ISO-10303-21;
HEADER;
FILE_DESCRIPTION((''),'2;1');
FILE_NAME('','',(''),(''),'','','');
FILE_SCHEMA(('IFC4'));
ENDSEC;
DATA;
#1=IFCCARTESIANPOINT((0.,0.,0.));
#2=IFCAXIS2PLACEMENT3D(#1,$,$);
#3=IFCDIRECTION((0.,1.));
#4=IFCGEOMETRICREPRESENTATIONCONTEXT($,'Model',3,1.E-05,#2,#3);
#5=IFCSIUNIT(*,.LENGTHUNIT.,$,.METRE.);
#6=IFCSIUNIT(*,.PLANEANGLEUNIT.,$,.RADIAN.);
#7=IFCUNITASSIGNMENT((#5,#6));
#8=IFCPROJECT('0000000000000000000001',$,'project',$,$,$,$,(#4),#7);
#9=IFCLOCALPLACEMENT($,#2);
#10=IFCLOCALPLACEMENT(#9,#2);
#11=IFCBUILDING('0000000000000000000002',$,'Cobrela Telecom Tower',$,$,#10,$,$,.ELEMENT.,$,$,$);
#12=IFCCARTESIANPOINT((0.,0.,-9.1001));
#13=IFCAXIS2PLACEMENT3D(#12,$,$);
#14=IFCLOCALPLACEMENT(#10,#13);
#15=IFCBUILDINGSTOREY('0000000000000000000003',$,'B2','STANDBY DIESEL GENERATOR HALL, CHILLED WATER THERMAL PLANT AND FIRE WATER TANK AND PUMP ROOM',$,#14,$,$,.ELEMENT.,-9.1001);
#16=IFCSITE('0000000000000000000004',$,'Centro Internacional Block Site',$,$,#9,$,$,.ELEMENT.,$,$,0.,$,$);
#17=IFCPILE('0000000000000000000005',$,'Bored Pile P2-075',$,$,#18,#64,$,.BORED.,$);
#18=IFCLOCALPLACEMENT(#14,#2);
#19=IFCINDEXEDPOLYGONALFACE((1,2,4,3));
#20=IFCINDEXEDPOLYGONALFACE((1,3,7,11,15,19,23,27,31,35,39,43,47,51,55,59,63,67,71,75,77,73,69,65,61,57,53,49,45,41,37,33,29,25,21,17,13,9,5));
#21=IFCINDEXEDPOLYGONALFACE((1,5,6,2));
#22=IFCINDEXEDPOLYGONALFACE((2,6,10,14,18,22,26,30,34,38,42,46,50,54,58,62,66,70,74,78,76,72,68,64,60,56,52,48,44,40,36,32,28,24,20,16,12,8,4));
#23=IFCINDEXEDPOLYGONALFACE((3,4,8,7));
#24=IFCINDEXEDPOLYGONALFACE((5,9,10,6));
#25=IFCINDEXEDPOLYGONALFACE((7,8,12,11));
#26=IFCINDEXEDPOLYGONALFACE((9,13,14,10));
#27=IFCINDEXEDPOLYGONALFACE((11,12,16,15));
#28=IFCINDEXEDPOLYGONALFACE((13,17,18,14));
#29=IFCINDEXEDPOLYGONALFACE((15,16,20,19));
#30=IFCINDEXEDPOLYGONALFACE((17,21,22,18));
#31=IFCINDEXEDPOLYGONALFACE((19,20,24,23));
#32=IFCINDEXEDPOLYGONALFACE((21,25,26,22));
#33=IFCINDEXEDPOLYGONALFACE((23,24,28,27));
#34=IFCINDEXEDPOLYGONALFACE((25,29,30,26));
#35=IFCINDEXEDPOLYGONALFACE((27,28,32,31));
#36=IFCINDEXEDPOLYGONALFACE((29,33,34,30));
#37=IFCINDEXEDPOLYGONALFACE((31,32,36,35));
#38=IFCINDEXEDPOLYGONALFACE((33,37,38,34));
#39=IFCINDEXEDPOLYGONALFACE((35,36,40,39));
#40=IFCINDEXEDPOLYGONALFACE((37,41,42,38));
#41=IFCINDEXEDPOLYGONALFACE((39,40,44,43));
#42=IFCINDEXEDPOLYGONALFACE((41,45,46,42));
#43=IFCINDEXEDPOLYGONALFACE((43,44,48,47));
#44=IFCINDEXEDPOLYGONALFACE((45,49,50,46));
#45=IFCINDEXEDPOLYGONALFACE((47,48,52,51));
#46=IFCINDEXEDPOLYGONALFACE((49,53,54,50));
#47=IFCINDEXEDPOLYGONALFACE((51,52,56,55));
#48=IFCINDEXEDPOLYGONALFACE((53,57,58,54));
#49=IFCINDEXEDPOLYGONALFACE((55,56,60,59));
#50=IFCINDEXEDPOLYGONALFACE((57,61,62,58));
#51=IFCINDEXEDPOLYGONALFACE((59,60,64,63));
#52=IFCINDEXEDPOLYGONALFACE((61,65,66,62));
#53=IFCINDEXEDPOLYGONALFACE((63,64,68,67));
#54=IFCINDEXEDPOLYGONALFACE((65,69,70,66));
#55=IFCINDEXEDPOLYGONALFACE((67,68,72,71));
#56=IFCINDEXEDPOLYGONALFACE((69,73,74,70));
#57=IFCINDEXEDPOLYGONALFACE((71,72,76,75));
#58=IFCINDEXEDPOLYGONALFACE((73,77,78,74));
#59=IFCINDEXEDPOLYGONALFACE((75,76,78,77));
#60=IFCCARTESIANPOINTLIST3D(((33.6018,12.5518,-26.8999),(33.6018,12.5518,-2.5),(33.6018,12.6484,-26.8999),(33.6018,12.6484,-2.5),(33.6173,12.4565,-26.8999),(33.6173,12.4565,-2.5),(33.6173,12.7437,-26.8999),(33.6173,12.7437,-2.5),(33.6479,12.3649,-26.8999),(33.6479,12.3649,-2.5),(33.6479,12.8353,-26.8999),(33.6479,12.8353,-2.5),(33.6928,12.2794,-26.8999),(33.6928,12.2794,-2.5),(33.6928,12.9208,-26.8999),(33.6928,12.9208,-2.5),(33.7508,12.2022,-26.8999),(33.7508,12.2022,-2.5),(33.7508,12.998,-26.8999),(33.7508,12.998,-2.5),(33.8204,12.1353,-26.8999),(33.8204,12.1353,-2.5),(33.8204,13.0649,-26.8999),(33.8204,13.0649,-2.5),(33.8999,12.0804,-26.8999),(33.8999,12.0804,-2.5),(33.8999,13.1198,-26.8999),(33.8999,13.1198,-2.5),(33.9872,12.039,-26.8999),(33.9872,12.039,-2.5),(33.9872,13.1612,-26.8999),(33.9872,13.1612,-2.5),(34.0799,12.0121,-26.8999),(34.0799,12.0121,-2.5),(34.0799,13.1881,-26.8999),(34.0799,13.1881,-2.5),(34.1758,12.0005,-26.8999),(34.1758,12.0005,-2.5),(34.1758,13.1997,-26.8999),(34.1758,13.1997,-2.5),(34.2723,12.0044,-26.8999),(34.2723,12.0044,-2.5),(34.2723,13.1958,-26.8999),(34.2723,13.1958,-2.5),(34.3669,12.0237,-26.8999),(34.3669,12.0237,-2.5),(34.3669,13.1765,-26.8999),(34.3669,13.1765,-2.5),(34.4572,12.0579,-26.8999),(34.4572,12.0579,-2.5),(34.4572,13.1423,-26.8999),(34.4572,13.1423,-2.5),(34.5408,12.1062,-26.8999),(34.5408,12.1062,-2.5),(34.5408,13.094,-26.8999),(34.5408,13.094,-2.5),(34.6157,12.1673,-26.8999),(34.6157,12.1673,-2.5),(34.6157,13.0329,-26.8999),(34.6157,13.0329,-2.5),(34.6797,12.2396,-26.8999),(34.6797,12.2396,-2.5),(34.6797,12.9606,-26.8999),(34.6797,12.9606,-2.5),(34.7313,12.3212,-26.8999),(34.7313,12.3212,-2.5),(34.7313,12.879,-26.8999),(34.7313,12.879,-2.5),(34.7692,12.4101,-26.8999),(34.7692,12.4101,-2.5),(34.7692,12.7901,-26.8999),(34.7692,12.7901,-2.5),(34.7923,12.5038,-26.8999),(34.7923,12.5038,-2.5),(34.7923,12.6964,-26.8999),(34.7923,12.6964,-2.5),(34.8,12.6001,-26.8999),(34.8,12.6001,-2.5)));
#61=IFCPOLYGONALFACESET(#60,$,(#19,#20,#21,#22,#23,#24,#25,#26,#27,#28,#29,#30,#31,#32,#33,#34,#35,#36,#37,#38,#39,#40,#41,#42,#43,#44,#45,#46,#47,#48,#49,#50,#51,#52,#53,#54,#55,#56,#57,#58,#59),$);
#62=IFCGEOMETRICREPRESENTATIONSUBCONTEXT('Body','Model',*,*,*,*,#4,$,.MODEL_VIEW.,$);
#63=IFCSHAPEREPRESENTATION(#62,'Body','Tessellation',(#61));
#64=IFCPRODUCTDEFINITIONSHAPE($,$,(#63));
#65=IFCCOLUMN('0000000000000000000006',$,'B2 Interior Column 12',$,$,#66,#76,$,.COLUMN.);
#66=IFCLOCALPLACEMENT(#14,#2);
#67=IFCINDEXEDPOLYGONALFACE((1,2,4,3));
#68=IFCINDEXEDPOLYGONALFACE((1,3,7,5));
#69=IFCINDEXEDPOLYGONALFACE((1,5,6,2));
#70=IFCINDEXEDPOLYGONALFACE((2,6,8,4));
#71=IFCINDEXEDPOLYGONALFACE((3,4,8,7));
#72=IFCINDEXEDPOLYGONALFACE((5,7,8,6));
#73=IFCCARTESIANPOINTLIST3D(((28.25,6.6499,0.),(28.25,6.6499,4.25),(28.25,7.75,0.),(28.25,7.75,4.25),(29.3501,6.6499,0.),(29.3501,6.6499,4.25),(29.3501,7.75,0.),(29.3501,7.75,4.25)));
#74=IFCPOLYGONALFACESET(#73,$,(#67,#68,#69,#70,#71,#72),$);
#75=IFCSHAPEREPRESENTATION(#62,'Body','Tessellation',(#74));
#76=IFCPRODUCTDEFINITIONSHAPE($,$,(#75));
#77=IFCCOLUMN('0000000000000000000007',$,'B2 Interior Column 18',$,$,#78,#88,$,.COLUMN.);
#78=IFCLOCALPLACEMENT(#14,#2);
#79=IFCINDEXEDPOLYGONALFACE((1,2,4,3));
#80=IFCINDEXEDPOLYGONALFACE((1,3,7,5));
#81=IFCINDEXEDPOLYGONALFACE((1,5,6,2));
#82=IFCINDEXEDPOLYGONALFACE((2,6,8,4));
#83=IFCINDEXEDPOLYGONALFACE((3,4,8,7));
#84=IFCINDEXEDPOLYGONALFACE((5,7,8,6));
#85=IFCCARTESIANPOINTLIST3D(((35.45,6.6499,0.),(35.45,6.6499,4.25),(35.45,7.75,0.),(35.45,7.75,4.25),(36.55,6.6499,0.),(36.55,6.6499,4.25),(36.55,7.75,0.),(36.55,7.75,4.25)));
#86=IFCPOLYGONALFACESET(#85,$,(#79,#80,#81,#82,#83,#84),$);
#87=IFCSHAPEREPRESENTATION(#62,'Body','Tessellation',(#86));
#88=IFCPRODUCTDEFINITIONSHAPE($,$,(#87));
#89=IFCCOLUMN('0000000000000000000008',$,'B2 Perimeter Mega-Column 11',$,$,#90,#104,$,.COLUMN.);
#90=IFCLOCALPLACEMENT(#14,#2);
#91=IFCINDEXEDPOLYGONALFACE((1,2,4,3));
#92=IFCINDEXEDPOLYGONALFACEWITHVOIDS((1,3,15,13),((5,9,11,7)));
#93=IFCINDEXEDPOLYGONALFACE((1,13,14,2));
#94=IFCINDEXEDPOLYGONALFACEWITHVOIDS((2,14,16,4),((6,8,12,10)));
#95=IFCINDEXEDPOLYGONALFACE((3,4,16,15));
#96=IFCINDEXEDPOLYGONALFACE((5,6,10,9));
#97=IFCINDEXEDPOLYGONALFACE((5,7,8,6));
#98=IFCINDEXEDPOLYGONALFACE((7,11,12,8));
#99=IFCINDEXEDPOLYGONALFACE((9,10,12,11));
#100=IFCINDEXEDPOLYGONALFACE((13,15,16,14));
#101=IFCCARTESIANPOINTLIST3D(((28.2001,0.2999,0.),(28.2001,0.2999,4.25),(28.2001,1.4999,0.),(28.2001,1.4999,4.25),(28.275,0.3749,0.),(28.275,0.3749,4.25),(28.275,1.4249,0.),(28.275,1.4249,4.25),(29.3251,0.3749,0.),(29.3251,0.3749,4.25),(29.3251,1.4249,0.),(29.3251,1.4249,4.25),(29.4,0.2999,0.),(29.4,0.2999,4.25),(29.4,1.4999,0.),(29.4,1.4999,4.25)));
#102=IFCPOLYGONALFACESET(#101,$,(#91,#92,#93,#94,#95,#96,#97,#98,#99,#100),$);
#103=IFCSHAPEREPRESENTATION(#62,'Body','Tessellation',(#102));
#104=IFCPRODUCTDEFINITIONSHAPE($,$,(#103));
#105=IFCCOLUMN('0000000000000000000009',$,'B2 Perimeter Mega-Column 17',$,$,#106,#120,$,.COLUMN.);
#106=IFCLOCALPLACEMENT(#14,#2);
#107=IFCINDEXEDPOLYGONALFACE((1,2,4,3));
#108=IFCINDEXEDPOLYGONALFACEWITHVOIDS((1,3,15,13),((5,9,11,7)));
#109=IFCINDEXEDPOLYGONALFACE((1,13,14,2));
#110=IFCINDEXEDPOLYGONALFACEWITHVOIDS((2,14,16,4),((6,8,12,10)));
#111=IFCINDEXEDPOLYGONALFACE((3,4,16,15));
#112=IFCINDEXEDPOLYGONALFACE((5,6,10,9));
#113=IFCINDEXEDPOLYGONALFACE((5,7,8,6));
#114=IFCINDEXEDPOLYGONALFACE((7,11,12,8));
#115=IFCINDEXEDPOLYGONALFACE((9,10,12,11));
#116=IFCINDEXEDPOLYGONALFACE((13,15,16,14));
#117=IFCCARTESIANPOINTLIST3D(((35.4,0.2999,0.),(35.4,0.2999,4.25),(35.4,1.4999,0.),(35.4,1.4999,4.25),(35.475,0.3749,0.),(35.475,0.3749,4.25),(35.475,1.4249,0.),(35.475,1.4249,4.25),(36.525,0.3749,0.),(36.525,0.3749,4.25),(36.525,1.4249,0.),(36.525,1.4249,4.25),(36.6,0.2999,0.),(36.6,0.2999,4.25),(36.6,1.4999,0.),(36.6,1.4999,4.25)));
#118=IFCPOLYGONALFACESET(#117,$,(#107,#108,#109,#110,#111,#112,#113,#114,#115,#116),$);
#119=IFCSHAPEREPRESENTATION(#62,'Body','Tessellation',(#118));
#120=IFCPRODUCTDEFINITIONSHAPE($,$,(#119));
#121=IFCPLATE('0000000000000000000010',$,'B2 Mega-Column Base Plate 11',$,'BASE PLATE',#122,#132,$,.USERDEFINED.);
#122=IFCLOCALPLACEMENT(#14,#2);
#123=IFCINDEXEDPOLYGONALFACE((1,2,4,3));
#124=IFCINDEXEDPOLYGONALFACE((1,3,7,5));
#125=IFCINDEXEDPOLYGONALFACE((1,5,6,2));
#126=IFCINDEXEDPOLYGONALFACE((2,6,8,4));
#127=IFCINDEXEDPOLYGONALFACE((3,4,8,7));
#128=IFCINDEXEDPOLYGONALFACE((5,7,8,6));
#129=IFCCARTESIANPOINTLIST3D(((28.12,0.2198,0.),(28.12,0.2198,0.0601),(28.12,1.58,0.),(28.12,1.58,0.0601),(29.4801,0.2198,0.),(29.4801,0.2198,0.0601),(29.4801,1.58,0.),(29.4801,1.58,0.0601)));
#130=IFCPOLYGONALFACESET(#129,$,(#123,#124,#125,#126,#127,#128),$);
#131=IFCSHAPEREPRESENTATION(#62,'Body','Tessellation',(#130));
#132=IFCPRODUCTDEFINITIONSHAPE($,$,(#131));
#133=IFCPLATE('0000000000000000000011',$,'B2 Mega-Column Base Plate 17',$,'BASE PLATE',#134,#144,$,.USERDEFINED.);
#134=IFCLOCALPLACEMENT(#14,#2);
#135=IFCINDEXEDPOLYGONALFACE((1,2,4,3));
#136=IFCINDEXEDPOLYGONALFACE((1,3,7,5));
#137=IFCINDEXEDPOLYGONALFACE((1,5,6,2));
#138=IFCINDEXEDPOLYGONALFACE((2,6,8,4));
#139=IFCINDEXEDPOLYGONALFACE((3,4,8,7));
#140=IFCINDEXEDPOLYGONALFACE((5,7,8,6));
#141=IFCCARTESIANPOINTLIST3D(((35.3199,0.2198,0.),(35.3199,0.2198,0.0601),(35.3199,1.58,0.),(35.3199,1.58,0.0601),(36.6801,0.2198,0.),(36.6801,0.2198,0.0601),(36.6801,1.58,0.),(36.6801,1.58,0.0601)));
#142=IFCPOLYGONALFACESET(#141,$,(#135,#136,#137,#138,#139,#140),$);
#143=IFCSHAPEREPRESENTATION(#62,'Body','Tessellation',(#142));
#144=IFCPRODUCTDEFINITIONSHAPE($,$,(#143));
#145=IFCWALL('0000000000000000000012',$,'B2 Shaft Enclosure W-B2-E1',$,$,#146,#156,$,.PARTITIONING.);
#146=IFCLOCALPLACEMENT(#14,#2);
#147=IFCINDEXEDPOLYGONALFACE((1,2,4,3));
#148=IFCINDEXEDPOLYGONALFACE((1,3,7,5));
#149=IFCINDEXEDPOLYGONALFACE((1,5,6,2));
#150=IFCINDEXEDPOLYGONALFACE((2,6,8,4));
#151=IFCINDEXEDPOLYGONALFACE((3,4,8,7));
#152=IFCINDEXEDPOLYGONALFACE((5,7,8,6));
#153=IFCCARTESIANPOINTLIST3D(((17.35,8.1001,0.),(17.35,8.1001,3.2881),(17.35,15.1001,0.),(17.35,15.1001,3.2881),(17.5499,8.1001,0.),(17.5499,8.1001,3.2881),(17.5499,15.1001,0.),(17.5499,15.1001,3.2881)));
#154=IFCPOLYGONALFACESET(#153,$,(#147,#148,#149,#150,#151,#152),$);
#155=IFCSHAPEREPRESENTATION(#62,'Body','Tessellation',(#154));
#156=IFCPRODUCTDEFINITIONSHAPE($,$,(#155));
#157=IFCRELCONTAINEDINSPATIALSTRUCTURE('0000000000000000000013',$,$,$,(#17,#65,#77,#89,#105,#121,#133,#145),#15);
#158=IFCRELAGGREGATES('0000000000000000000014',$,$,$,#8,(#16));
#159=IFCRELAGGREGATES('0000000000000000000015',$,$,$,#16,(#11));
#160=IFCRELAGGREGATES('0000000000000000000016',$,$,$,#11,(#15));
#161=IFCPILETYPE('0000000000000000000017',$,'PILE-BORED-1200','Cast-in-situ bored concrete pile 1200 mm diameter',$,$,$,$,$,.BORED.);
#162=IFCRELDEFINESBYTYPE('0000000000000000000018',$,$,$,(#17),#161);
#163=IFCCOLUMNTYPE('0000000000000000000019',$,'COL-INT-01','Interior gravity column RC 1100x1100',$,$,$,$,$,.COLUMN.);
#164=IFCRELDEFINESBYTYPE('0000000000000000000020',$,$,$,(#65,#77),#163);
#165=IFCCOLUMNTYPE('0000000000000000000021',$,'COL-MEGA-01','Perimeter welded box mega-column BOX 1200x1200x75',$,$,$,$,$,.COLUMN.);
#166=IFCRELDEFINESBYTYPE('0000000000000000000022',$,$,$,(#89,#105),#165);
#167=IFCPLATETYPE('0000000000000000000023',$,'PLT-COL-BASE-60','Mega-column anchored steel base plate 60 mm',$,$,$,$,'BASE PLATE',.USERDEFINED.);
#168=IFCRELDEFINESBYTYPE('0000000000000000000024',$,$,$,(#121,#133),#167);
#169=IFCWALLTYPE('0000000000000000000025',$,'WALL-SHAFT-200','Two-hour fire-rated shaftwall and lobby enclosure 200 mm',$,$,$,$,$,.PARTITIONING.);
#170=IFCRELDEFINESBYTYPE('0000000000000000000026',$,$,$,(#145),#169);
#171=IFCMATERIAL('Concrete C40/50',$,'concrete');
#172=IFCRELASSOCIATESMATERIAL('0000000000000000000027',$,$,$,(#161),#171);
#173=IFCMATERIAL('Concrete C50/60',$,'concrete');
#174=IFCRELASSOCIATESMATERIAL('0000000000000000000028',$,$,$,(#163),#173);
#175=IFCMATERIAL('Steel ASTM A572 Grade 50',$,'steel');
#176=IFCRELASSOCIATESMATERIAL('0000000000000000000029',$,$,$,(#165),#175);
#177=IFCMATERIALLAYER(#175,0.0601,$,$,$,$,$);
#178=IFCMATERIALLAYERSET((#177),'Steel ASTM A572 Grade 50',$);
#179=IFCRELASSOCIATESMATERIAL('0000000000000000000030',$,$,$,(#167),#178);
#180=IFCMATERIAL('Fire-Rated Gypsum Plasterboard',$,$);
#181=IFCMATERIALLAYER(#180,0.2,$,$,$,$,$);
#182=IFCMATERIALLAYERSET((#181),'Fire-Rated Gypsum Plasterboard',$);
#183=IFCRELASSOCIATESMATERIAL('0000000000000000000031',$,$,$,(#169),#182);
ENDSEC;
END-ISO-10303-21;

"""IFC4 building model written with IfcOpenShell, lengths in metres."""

from ifc_helpers import new_model, si_unit, direction, frame, frame_2d, origin, origin_2d, place, context, subcontext, project, spatial, rectangle, hollow_rectangle, circle, extrude, material, layer, layer_set, material_profile, profile_set, type_object, element, save


model = new_model("IFC4")

# Units and contexts
model_context = context("Model", 3, precision=1e-05, world=origin(), true_north=direction((0.0, 1.0)))
body_context = subcontext(model_context, "Body", "Model", "MODEL_VIEW")
ifc_project = project(units=[si_unit("LENGTHUNIT", "METRE"), si_unit("PLANEANGLEUNIT", "RADIAN")], contexts=[model_context])

# Site, building, storey
site_placement = place(None, origin())
site = spatial("IfcSite", under=ifc_project, at=site_placement, Name="Centro Internacional Block Site", CompositionType="ELEMENT", RefElevation=0.0)
building_placement = place(site_placement, origin())
building = spatial("IfcBuilding", under=site, at=building_placement, Name="Cobrela Telecom Tower", CompositionType="ELEMENT")
storey_placement = place(building_placement, frame((0.0, 0.0, -9.1001)))
storey = spatial("IfcBuildingStorey", under=building, at=storey_placement, Name="B2", Description="STANDBY DIESEL GENERATOR HALL, CHILLED WATER THERMAL PLANT AND FIRE WATER TANK AND PUMP ROOM", CompositionType="ELEMENT", Elevation=-9.1001)

# Shared definitions
ifc_material_1 = material(Name="Concrete C40/50", Category="concrete")

# Pile
ifc_material_profile_1 = material_profile(ifc_material_1, circle(Radius=0.6001, at=origin_2d()), Name="BORED PILE D1200")
ifc_profile_set_1 = profile_set([ifc_material_profile_1], Name="Concrete C40/50")
pile_type = type_object("IfcPileType", Name="PILE-BORED-1200", Description="Cast-in-situ bored concrete pile 1200 mm diameter", PredefinedType="BORED", material=ifc_profile_set_1)
for number, where, z_axis, x_axis, name in (
    (1, (34.2, 12.6001, -2.5), (0.0, 0.0, -1.0), (1.0, 0.0, 0.0), "Bored Pile P2-075"),
):
    element("IfcPile", number, at=place(storey_placement, frame(where, z_axis=z_axis, x_axis=x_axis)), inside=storey, type_object=pile_type, Name=name, PredefinedType="BORED", context=body_context, shape_type="SweptSolid", body=[
        extrude(circle(Radius=0.6001, at=origin_2d()), origin(), (0.0, 0.0, 1.0), 24.3999),
    ])

# Columns
ifc_material_2 = material(Name="Concrete C50/60", Category="concrete")
ifc_material_profile_2 = material_profile(ifc_material_2, rectangle(XDim=1.1001, YDim=1.1001, at=origin_2d()), Name="RC 1100x1100")
ifc_profile_set_2 = profile_set([ifc_material_profile_2], Name="Concrete C50/60")
column_type_1 = type_object("IfcColumnType", Name="COL-INT-01", Description="Interior gravity column RC 1100x1100", PredefinedType="COLUMN", material=ifc_profile_set_2)
for number, where, z_axis, x_axis, name in (
    (2, (28.8, 7.2, 0.0), (0.0, 0.0, 1.0), (1.0, 0.0, 0.0), "B2 Interior Column 12"),
    (3, (36.0, 7.2, 0.0), (0.0, 0.0, 1.0), (1.0, 0.0, 0.0), "B2 Interior Column 18"),
):
    element("IfcColumn", number, at=place(storey_placement, frame(where, z_axis=z_axis, x_axis=x_axis)), inside=storey, type_object=column_type_1, Name=name, PredefinedType="COLUMN", context=body_context, shape_type="SweptSolid", body=[
        extrude(rectangle(XDim=1.1001, YDim=1.1001, at=origin_2d()), origin(), (0.0, 0.0, 1.0), 4.25),
    ])
ifc_material_3 = material(Name="Steel ASTM A572 Grade 50", Category="steel")
ifc_material_profile_3 = material_profile(ifc_material_3, hollow_rectangle(XDim=1.2, YDim=1.2, WallThickness=0.075, at=origin_2d()), Name="BOX 1200x1200x75")
ifc_profile_set_3 = profile_set([ifc_material_profile_3], Name="Steel ASTM A572 Grade 50")
column_type_2 = type_object("IfcColumnType", Name="COL-MEGA-01", Description="Perimeter welded box mega-column BOX 1200x1200x75", PredefinedType="COLUMN", material=ifc_profile_set_3)
for number, where, z_axis, x_axis, name in (
    (4, (28.8, 0.8999, 0.0), (0.0, 0.0, 1.0), (1.0, 0.0, 0.0), "B2 Perimeter Mega-Column 11"),
    (5, (36.0, 0.8999, 0.0), (0.0, 0.0, 1.0), (1.0, 0.0, 0.0), "B2 Perimeter Mega-Column 17"),
):
    element("IfcColumn", number, at=place(storey_placement, frame(where, z_axis=z_axis, x_axis=x_axis)), inside=storey, type_object=column_type_2, Name=name, PredefinedType="COLUMN", context=body_context, shape_type="SweptSolid", body=[
        extrude(hollow_rectangle(XDim=1.2, YDim=1.2, WallThickness=0.075, at=origin_2d()), origin(), (0.0, 0.0, 1.0), 4.25),
    ])

# Plates
ifc_layer_1 = layer(ifc_material_3, 0.0601)
ifc_layer_set_1 = layer_set([ifc_layer_1], Name="Steel ASTM A572 Grade 50")
plate_type = type_object("IfcPlateType", Name="PLT-COL-BASE-60", Description="Mega-column anchored steel base plate 60 mm", ElementType="BASE PLATE", PredefinedType="USERDEFINED", material=ifc_layer_set_1)
for number, where, z_axis, x_axis, name in (
    (6, (28.8, 0.8999, 0.0), (0.0, 0.0, 1.0), (1.0, 0.0, 0.0), "B2 Mega-Column Base Plate 11"),
    (7, (36.0, 0.8999, 0.0), (0.0, 0.0, 1.0), (1.0, 0.0, 0.0), "B2 Mega-Column Base Plate 17"),
):
    element("IfcPlate", number, at=place(storey_placement, frame(where, z_axis=z_axis, x_axis=x_axis)), inside=storey, type_object=plate_type, Name=name, ObjectType="BASE PLATE", PredefinedType="USERDEFINED", context=body_context, shape_type="SweptSolid", body=[
        extrude(rectangle(XDim=1.3601, YDim=1.3601, at=origin_2d()), origin(), (0.0, 0.0, 1.0), 0.0601),
    ])

# Wall
ifc_material_4 = material(Name="Fire-Rated Gypsum Plasterboard")
ifc_layer_2 = layer(ifc_material_4, 0.2)
ifc_layer_set_2 = layer_set([ifc_layer_2], Name="Fire-Rated Gypsum Plasterboard")
wall_type = type_object("IfcWallType", Name="WALL-SHAFT-200", Description="Two-hour fire-rated shaftwall and lobby enclosure 200 mm", PredefinedType="PARTITIONING", material=ifc_layer_set_2)
wall_placement = place(storey_placement, frame((17.45, 8.1001, 0.0), z_axis=(0.0, 0.0, 1.0), x_axis=(0.0, 1.0, 0.0)))
element("IfcWall", 8, at=wall_placement, inside=storey, type_object=wall_type, Name="B2 Shaft Enclosure W-B2-E1", PredefinedType="PARTITIONING", context=body_context, shape_type="SweptSolid", body=[
    extrude(rectangle(XDim=7.0, YDim=0.2, at=frame_2d((3.5, 0.0))), origin(), (0.0, 0.0, 1.0), 3.2881),
])

save(model, "model.ifc")
